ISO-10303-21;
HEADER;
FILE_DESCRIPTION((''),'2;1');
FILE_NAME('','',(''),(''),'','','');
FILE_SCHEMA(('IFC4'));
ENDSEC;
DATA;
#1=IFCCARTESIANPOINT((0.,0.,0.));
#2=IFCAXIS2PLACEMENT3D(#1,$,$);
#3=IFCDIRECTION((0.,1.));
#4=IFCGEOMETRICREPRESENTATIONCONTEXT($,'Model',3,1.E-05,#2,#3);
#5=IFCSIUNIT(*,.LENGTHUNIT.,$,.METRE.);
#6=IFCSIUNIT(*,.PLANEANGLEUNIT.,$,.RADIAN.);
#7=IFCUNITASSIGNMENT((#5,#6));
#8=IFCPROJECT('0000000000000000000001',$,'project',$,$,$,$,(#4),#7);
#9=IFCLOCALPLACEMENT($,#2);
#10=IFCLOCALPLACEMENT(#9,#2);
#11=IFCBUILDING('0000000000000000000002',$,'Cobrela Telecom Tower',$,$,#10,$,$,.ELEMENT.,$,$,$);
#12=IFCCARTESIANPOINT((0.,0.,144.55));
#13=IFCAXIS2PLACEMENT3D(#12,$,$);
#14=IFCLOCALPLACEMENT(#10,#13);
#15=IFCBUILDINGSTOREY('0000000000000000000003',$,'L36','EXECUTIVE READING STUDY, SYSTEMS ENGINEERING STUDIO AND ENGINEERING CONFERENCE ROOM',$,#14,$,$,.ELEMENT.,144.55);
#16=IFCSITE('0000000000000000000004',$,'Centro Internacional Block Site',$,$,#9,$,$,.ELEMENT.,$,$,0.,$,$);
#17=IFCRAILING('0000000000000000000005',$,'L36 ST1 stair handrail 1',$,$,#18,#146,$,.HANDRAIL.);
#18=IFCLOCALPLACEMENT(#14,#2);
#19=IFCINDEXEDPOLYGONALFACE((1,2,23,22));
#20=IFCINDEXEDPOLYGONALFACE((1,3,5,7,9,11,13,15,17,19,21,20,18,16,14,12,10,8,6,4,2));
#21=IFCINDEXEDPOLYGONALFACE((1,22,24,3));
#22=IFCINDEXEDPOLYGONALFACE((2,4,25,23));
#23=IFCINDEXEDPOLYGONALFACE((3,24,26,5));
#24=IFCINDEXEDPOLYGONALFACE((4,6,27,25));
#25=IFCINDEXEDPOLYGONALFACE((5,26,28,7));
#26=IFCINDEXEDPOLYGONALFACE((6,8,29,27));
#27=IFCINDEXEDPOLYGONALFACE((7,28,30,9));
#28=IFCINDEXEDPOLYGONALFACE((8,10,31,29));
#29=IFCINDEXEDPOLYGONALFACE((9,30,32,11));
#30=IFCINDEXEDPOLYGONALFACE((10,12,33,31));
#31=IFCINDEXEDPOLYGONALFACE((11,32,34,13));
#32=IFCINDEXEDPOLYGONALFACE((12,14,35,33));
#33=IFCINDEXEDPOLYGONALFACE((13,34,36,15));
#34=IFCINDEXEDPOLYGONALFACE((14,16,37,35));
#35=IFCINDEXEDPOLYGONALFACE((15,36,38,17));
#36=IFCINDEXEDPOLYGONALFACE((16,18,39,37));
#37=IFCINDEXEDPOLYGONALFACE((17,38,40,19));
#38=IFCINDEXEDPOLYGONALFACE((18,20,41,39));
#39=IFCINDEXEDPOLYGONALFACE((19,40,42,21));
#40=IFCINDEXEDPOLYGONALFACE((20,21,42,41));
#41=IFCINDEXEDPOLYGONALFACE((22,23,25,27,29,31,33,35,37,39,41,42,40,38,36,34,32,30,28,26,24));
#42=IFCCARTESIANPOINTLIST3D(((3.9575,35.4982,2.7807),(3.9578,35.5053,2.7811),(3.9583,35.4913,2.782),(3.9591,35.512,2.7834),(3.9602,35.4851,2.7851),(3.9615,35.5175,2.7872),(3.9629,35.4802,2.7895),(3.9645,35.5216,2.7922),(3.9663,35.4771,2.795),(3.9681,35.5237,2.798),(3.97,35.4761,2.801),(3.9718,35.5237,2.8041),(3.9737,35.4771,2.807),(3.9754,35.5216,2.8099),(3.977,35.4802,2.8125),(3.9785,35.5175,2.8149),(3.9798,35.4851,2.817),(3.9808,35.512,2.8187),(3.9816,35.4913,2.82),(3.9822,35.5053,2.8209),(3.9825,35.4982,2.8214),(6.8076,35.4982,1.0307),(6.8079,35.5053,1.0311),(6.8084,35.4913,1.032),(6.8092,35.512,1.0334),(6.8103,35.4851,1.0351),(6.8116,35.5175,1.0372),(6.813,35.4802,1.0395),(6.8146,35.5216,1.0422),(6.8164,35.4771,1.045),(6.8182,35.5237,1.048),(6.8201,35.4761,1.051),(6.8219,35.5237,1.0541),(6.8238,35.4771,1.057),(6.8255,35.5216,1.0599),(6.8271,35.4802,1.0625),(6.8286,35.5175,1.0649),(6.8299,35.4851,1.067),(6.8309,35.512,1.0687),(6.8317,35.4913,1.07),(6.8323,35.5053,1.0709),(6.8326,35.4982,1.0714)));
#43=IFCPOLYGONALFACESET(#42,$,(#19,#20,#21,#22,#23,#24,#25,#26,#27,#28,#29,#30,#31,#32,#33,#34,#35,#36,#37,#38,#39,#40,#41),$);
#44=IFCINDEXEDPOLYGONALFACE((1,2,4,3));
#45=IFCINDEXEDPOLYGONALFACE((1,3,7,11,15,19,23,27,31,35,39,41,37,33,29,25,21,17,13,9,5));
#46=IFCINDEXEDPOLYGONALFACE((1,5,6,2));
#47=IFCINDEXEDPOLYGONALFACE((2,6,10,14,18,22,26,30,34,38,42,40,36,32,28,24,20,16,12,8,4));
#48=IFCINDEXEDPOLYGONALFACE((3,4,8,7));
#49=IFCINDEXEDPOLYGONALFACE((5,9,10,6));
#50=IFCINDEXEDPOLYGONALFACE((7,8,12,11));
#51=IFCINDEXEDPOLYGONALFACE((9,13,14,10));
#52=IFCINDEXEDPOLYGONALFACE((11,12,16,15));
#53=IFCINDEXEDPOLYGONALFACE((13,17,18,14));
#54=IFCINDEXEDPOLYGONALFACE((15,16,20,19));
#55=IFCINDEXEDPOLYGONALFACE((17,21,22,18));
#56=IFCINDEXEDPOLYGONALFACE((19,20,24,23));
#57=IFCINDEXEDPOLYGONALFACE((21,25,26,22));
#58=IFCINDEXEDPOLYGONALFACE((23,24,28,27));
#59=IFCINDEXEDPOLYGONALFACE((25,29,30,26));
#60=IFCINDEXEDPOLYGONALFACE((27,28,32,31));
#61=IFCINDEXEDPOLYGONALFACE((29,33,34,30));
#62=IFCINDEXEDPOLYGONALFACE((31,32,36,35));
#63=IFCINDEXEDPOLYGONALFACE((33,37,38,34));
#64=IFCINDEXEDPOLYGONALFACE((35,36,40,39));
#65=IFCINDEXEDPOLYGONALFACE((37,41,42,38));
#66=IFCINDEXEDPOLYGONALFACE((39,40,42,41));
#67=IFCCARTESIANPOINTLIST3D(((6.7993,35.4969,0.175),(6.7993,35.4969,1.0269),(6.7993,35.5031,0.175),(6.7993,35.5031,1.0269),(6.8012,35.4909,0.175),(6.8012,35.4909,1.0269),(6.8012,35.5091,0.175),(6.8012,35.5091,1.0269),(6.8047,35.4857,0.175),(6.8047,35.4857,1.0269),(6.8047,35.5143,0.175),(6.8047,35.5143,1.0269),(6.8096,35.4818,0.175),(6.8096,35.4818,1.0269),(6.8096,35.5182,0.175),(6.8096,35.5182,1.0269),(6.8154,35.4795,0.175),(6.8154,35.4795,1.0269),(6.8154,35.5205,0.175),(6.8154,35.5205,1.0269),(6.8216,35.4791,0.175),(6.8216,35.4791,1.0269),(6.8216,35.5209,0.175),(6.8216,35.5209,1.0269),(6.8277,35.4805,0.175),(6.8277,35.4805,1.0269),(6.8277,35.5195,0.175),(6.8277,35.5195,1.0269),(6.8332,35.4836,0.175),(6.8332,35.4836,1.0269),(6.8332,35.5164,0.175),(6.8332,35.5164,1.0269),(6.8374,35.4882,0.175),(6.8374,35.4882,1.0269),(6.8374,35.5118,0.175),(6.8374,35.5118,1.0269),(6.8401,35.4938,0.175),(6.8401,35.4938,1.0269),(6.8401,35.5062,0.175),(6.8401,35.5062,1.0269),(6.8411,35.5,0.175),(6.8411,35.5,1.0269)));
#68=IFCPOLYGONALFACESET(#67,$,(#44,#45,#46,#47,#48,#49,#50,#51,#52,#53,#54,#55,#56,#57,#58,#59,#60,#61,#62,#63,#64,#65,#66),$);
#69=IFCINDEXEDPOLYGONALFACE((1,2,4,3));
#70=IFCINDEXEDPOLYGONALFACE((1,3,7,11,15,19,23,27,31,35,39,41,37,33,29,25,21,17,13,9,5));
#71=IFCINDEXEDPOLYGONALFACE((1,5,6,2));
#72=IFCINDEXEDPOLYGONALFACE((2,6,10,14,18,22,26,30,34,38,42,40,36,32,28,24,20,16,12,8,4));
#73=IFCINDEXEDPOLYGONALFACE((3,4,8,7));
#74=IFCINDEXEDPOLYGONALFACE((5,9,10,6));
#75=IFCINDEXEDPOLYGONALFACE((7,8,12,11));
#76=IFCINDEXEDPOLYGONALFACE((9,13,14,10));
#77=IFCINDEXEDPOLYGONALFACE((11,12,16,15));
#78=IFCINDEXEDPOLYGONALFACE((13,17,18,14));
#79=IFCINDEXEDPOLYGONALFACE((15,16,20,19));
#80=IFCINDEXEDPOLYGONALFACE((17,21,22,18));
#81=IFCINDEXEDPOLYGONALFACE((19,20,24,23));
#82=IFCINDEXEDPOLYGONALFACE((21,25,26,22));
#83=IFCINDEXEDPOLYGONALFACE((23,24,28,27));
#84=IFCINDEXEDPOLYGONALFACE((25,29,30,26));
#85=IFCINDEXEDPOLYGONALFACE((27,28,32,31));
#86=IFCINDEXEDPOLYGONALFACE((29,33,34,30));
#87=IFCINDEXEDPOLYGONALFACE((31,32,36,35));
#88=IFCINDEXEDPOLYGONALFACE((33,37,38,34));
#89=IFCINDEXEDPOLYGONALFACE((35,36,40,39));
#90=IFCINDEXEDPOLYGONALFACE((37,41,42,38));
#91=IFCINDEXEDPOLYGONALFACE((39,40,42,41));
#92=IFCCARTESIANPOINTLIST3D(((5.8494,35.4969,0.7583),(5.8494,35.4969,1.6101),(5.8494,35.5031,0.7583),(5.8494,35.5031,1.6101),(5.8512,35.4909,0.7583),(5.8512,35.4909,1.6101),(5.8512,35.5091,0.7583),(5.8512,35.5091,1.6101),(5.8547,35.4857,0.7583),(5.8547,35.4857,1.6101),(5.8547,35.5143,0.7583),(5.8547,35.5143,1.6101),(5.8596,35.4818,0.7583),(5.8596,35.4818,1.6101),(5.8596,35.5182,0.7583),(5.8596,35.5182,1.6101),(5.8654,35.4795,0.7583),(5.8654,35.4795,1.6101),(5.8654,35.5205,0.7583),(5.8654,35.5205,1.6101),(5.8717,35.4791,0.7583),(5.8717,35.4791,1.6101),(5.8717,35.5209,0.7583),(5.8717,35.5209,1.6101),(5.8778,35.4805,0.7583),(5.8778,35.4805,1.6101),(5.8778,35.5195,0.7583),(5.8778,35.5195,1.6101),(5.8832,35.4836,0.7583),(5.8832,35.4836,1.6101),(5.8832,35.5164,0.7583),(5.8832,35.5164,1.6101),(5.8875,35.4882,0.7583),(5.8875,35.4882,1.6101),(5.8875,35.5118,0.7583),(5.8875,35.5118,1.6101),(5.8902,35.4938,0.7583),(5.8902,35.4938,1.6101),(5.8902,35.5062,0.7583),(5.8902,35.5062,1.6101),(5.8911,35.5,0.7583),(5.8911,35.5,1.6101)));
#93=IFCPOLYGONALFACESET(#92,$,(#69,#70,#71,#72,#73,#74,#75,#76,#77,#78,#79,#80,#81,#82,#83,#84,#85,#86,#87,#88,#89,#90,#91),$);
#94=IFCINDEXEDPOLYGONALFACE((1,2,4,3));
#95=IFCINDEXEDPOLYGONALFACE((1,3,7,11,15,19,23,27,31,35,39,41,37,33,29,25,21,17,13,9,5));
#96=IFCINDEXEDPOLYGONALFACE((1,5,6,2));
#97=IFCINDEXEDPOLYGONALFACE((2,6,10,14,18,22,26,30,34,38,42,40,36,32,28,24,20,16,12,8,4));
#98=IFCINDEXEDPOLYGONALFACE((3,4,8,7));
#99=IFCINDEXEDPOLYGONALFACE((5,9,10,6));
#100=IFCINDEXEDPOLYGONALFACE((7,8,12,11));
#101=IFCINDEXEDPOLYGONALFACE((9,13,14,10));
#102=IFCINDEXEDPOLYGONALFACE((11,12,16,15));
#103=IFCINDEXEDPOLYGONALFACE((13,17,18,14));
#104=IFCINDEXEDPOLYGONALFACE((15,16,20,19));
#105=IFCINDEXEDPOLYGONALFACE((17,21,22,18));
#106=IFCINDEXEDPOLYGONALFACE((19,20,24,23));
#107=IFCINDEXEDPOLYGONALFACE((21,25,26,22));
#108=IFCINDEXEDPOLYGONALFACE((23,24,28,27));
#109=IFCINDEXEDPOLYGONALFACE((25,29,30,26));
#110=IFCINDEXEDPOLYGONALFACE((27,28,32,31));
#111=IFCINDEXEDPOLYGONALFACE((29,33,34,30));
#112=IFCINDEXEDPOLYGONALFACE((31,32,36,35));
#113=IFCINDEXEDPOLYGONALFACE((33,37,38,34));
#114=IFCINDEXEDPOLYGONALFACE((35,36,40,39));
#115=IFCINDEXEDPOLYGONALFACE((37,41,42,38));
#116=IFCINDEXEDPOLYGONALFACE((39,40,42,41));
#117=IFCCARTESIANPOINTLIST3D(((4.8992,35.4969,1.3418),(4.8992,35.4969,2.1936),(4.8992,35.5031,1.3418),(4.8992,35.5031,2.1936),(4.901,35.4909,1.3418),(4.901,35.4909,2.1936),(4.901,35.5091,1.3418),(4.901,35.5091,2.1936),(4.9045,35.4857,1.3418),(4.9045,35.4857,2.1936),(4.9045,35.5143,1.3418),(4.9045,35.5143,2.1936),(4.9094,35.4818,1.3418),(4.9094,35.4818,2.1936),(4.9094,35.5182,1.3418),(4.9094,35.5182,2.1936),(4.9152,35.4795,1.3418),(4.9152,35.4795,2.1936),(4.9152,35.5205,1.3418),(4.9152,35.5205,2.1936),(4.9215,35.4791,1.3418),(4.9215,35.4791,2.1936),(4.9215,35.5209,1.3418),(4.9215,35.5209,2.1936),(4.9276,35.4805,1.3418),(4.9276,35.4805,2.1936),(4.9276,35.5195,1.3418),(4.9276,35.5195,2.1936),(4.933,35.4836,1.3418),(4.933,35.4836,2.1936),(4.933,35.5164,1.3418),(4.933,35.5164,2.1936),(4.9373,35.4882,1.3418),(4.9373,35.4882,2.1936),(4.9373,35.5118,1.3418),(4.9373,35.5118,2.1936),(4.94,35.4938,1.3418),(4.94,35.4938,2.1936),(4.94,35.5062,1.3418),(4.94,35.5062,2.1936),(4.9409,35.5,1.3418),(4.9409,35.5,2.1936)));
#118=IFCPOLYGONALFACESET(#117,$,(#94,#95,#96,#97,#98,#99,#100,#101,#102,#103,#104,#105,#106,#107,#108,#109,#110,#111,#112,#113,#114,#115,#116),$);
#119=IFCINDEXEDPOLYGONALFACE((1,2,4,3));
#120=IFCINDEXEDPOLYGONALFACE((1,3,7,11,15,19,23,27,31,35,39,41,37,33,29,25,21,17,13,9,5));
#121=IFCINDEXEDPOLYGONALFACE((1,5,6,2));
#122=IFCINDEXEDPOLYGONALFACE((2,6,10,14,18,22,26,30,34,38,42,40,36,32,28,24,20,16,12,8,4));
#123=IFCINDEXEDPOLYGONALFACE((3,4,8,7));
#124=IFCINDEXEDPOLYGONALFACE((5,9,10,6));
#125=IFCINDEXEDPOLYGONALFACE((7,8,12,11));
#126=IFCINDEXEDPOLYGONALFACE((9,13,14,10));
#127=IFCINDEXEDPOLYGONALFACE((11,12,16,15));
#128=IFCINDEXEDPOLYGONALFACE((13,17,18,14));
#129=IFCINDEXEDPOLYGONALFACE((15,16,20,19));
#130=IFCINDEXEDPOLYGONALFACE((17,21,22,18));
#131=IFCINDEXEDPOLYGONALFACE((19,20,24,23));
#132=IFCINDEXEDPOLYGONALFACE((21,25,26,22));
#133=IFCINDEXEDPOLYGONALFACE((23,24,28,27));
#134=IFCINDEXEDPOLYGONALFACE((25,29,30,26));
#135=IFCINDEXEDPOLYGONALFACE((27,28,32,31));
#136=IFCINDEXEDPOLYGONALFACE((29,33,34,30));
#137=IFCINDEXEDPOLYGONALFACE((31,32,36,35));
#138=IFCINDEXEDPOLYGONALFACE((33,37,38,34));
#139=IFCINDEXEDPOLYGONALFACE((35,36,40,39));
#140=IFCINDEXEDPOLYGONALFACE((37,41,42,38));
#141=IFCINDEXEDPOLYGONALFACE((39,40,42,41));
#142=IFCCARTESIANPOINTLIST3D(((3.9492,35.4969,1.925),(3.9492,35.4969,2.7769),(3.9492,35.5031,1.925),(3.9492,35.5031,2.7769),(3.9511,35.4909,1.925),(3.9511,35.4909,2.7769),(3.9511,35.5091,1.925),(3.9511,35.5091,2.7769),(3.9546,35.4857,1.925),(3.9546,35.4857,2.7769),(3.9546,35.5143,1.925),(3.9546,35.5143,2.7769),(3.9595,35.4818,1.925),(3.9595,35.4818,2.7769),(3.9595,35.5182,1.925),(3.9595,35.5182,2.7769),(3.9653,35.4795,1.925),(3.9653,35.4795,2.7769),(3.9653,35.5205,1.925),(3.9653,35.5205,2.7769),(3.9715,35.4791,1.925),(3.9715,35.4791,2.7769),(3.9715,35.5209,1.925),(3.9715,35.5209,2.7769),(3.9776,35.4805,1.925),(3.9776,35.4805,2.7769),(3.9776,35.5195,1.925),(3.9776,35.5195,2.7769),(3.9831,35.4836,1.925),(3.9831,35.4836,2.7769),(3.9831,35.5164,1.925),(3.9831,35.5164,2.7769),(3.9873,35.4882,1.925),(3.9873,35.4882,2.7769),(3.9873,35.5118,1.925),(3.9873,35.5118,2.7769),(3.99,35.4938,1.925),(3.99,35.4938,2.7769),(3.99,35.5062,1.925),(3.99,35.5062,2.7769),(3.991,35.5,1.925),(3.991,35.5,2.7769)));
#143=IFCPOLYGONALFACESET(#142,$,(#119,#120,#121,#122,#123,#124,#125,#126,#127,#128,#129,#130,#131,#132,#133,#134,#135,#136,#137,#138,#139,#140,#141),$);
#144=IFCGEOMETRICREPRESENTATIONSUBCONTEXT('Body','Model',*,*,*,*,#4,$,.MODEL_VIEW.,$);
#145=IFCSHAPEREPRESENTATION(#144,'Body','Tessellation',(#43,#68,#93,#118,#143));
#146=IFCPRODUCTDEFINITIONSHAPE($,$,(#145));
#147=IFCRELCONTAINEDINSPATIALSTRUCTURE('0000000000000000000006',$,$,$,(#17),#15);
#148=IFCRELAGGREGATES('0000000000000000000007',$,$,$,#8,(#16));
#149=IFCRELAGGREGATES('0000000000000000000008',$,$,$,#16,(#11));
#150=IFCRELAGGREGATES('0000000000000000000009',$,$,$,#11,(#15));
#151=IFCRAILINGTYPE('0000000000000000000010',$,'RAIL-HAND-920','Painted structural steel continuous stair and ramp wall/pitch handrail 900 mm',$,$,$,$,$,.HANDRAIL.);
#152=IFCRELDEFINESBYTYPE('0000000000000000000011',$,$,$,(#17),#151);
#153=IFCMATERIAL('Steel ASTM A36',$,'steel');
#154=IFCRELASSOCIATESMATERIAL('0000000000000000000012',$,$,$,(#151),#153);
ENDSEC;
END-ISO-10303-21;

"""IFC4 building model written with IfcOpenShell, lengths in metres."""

from ifc_helpers import new_model, si_unit, direction, frame, origin, origin_2d, place, context, subcontext, project, spatial, circle, extrude, material, type_object, element, save


model = new_model("IFC4")

# Units and contexts
model_context = context("Model", 3, precision=1e-05, world=origin(), true_north=direction((0.0, 1.0)))
body_context = subcontext(model_context, "Body", "Model", "MODEL_VIEW")
ifc_project = project(units=[si_unit("LENGTHUNIT", "METRE"), si_unit("PLANEANGLEUNIT", "RADIAN")], contexts=[model_context])

# Site, building, storey
site_placement = place(None, origin())
site = spatial("IfcSite", under=ifc_project, at=site_placement, Name="Centro Internacional Block Site", CompositionType="ELEMENT", RefElevation=0.0)
building_placement = place(site_placement, origin())
building = spatial("IfcBuilding", under=site, at=building_placement, Name="Cobrela Telecom Tower", CompositionType="ELEMENT")
storey_placement = place(building_placement, frame((0.0, 0.0, 144.55)))
storey = spatial("IfcBuildingStorey", under=building, at=storey_placement, Name="L36", Description="EXECUTIVE READING STUDY, SYSTEMS ENGINEERING STUDIO AND ENGINEERING CONFERENCE ROOM", CompositionType="ELEMENT", Elevation=144.55)

# Shared definitions
ifc_material_1 = material(Name="Steel ASTM A36", Category="steel")

# Railing
railing_type_1 = type_object("IfcRailingType", Name="RAIL-HAND-920", Description="Painted structural steel continuous stair and ramp wall/pitch handrail 900 mm", PredefinedType="HANDRAIL", material=ifc_material_1)
railing_1_placement = place(storey_placement, frame((6.8201, 35.5, 0.175)))
element("IfcRailing", 1, at=railing_1_placement, inside=storey, type_object=railing_type_1, Name="L36 ST1 stair handrail 1", PredefinedType="HANDRAIL", context=body_context, shape_type="SweptSolid", body=[
    extrude(circle(Radius=0.0239, at=origin_2d()), frame((0.0, 0.0, 0.876), z_axis=(-0.852179, 0.0, 0.52325), x_axis=(0.0, -1.0, 0.0)), (0.0, 0.0, 1.0), 3.3445),
    extrude(circle(Radius=0.021, at=origin_2d()), origin(), (0.0, 0.0, 1.0), 0.8518),
    extrude(circle(Radius=0.021, at=origin_2d()), frame((-0.95, 0.0, 0.5833)), (0.0, 0.0, 1.0), 0.8518),
    extrude(circle(Radius=0.021, at=origin_2d()), frame((-1.9001, 0.0, 1.1667)), (0.0, 0.0, 1.0), 0.8518),
    extrude(circle(Radius=0.021, at=origin_2d()), frame((-2.8501, 0.0, 1.75)), (0.0, 0.0, 1.0), 0.8518),
])

save(model, "model.ifc")
